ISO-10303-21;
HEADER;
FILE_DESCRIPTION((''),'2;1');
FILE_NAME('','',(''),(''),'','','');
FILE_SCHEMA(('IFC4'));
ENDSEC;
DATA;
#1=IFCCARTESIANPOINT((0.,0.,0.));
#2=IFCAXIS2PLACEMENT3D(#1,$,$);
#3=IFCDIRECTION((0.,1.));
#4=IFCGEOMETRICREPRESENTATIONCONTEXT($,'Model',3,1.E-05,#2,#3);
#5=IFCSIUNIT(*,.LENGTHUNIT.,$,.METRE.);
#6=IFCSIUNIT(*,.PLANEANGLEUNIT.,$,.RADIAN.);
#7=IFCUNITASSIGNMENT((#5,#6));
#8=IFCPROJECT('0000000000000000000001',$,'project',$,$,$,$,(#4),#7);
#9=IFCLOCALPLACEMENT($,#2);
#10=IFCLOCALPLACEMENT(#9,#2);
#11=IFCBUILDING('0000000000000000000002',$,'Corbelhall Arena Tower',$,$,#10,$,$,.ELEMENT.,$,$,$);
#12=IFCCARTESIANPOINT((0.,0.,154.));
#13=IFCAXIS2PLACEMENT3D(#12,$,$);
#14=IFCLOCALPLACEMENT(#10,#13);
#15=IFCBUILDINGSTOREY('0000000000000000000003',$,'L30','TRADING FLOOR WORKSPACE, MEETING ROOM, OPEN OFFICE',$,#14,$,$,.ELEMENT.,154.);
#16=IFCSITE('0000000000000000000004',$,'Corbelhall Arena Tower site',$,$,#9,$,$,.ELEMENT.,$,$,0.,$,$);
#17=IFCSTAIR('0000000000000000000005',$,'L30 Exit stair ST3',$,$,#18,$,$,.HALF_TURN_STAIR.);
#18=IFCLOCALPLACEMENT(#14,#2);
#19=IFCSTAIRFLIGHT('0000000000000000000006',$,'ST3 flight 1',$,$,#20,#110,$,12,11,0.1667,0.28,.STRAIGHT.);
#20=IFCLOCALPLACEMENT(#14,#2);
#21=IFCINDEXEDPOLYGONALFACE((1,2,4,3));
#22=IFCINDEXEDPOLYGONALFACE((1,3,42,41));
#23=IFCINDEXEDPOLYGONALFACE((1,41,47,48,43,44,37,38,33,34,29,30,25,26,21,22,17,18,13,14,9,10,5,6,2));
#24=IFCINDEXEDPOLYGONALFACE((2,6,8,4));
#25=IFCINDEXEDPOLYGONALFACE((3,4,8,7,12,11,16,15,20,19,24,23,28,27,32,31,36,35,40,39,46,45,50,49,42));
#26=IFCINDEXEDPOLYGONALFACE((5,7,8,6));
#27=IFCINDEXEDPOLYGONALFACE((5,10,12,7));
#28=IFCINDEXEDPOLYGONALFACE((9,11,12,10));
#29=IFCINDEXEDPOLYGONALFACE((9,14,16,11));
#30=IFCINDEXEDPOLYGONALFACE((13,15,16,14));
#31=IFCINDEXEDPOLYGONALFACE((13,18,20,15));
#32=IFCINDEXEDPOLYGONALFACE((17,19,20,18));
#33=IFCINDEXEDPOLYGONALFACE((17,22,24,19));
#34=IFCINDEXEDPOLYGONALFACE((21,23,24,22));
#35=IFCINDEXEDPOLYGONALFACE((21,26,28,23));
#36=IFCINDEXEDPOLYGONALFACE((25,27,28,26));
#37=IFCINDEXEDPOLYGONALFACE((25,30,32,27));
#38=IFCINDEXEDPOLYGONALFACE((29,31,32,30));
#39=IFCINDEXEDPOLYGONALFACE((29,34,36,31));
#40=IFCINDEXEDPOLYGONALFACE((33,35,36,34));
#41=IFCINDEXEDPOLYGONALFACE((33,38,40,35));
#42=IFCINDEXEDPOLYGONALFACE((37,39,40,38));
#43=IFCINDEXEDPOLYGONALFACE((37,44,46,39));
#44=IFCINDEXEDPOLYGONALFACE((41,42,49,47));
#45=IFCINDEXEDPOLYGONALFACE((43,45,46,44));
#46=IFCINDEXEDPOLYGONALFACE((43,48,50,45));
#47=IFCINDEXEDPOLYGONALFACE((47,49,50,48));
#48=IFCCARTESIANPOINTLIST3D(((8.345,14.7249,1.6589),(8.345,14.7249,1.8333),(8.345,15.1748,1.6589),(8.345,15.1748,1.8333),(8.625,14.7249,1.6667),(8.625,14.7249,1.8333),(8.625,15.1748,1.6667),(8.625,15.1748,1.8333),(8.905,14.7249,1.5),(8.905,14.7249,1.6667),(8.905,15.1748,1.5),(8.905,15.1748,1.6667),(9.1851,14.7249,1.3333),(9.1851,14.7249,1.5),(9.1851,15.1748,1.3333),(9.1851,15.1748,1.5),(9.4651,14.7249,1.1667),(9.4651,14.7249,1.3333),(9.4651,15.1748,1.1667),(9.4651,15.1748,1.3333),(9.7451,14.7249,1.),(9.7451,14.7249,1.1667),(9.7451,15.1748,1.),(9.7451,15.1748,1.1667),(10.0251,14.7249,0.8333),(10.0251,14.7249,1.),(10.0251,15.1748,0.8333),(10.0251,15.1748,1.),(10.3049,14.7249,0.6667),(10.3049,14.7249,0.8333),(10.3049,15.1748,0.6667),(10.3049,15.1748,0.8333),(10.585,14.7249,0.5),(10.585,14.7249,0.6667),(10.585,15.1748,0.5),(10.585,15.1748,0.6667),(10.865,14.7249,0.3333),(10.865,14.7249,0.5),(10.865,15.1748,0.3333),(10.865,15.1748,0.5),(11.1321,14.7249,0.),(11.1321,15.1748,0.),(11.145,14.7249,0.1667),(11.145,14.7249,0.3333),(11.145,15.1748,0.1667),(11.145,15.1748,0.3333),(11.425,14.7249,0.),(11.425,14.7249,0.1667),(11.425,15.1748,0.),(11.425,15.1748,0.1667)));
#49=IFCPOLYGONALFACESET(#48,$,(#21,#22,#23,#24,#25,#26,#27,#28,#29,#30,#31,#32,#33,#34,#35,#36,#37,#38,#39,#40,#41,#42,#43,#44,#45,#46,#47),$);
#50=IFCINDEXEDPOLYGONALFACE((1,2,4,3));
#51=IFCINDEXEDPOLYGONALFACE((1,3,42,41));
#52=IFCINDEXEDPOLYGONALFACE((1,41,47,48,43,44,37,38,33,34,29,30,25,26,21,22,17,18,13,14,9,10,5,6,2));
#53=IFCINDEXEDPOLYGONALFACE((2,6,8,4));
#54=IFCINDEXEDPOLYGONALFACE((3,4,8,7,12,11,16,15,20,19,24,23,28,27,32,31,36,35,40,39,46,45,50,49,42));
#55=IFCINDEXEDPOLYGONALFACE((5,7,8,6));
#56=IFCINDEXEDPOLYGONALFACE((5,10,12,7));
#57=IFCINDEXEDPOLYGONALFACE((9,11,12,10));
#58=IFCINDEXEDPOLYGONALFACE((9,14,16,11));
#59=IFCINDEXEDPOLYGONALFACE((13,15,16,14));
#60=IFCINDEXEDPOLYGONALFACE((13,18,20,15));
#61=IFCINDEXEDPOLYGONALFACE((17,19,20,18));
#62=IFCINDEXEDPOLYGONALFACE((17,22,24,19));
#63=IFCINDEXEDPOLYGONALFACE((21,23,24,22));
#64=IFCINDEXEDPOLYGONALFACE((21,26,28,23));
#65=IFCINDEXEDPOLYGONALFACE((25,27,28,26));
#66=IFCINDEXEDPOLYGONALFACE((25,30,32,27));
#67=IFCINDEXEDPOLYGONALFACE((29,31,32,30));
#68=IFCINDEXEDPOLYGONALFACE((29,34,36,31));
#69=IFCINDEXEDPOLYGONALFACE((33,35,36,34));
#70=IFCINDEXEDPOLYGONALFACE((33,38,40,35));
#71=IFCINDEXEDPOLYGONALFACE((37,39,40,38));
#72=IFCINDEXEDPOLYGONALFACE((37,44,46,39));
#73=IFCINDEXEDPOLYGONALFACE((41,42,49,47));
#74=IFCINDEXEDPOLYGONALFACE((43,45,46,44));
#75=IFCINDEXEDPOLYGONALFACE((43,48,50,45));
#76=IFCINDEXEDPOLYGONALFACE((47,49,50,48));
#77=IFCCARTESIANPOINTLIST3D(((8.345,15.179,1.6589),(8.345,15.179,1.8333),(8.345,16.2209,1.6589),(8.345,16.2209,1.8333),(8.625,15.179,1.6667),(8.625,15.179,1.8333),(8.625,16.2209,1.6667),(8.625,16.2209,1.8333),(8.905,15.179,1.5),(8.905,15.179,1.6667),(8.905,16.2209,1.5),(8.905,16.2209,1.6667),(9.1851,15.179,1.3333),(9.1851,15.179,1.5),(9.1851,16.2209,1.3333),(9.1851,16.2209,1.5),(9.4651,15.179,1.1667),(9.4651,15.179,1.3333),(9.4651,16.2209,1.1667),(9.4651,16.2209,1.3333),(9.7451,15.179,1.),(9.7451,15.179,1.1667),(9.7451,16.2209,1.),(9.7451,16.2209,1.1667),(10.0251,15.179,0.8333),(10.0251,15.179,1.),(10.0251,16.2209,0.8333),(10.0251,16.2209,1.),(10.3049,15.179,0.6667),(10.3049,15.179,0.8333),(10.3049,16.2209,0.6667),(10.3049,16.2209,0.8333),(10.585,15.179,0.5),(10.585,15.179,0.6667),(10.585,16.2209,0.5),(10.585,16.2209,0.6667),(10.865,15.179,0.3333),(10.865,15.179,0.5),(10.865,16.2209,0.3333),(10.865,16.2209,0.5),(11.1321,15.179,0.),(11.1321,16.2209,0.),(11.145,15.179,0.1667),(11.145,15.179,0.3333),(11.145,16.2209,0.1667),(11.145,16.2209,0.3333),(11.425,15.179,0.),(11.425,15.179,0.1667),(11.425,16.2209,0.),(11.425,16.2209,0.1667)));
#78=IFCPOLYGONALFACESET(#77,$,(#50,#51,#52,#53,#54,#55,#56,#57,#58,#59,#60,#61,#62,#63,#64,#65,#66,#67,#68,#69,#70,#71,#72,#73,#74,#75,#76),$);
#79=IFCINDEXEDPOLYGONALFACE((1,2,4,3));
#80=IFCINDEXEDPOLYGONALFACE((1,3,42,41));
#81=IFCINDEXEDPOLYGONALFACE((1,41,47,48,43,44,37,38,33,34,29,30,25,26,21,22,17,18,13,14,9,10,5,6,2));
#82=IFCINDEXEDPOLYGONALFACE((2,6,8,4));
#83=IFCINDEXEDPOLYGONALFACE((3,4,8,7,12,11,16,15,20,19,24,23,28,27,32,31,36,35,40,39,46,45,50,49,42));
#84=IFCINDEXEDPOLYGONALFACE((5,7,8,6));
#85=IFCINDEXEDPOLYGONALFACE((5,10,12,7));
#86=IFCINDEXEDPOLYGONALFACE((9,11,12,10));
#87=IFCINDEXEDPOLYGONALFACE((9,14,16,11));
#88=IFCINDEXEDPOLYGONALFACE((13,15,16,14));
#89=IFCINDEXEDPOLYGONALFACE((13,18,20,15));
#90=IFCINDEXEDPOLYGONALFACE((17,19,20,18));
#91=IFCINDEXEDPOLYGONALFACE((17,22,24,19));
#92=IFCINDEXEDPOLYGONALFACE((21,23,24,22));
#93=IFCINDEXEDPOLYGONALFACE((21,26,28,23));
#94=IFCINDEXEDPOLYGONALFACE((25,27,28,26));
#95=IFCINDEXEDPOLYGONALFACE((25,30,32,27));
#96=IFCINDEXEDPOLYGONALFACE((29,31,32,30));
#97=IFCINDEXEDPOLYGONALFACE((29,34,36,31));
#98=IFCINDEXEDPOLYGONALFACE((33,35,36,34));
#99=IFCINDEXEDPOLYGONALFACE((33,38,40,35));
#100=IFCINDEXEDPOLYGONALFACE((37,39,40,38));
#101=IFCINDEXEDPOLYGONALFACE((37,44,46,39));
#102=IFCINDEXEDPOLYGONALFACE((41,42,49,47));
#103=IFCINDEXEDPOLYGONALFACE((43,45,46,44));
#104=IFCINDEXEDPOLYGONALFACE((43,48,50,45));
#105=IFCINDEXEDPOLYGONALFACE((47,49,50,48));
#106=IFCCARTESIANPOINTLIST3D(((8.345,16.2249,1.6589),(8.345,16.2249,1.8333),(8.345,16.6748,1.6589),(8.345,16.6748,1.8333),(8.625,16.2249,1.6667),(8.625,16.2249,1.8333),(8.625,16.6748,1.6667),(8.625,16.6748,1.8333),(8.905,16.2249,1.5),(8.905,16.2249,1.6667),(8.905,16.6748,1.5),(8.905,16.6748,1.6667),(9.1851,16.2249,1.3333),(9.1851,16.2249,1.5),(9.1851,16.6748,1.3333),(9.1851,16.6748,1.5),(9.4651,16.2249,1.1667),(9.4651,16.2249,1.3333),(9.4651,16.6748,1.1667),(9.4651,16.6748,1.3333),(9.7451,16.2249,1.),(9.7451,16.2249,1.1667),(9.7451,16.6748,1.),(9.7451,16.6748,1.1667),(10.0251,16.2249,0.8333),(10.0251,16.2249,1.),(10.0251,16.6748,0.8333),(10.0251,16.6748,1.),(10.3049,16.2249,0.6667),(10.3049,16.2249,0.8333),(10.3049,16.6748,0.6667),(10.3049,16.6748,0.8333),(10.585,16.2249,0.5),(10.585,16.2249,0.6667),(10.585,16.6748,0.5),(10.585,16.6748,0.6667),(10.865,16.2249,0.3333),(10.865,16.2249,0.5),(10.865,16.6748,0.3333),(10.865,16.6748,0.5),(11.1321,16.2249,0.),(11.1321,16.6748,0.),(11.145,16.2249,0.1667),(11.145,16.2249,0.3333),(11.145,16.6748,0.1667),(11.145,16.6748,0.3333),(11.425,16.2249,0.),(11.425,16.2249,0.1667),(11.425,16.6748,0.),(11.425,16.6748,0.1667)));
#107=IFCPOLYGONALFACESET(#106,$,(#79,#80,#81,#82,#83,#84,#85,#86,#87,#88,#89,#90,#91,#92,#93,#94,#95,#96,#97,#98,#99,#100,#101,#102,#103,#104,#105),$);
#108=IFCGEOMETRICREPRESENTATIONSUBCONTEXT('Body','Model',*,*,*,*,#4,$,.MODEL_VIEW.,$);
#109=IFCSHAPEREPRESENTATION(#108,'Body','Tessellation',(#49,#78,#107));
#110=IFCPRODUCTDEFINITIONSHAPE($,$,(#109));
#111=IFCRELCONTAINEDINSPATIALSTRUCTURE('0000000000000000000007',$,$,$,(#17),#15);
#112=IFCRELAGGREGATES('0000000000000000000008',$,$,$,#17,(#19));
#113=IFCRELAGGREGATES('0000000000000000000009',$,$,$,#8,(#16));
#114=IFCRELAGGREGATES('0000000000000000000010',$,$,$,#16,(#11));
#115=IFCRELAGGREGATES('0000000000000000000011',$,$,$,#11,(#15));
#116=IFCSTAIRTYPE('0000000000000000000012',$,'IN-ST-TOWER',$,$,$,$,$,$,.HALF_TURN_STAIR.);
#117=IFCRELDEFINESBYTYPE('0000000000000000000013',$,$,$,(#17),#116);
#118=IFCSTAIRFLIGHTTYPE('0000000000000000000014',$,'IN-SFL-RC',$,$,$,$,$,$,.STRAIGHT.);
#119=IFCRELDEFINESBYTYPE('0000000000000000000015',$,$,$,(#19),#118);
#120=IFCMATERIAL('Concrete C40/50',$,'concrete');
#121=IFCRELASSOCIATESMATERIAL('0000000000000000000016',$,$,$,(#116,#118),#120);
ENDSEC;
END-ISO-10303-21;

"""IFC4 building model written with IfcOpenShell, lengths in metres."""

from ifc_helpers import new_model, si_unit, direction, frame, origin, place, context, subcontext, project, spatial, polyline, outline, extrude, material, type_object, element, aggregate, save


model = new_model("IFC4")

# Units and contexts
model_context = context("Model", 3, precision=1e-05, world=origin(), true_north=direction((0.0, 1.0)))
body_context = subcontext(model_context, "Body", "Model", "MODEL_VIEW")
ifc_project = project(units=[si_unit("LENGTHUNIT", "METRE"), si_unit("PLANEANGLEUNIT", "RADIAN")], contexts=[model_context])

# Site, building, storey
site_placement = place(None, origin())
site = spatial("IfcSite", under=ifc_project, at=site_placement, Name="Corbelhall Arena Tower site", CompositionType="ELEMENT", RefElevation=0.0)
building_placement = place(site_placement, origin())
building = spatial("IfcBuilding", under=site, at=building_placement, Name="Corbelhall Arena Tower", CompositionType="ELEMENT")
storey_placement = place(building_placement, frame((0.0, 0.0, 154.0)))
storey = spatial("IfcBuildingStorey", under=building, at=storey_placement, Name="L30", Description="TRADING FLOOR WORKSPACE, MEETING ROOM, OPEN OFFICE", CompositionType="ELEMENT", Elevation=154.0)

# Shared definitions
ifc_material_1 = material(Name="Concrete C40/50", Category="concrete")

# Stair, stair flight
stair_type = type_object("IfcStairType", Name="IN-ST-TOWER", PredefinedType="HALF_TURN_STAIR", material=ifc_material_1)
stair_placement = place(storey_placement, origin())
stair = element("IfcStair", 1, at=stair_placement, inside=storey, type_object=stair_type, Name="L30 Exit stair ST3", PredefinedType="HALF_TURN_STAIR")
stair_flight_type = type_object("IfcStairFlightType", Name="IN-SFL-RC", PredefinedType="STRAIGHT", material=ifc_material_1)
stair_flight_1_placement = place(storey_placement, frame((11.425, 15.7, 0.0), z_axis=(0.0, 0.0, 1.0), x_axis=(-1.0, 0.0, 0.0)))
stair_flight_1 = element("IfcStairFlight", 2, at=stair_flight_1_placement, type_object=stair_flight_type, Name="ST3 flight 1", NumberOfRisers=12, NumberOfTreads=11, PredefinedType="STRAIGHT", RiserHeight=0.1667, TreadLength=0.28, context=body_context, shape_type="SweptSolid", body=[
    extrude(outline(polyline([(0.0, 0.0), (0.0, 0.1667), (0.28, 0.1667), (0.28, 0.3333), (0.5601, 0.3333), (0.5601, 0.5), (0.8401, 0.5), (0.8401, 0.6667), (1.1201, 0.6667), (1.1201, 0.8333), (1.3999, 0.8333), (1.3999, 1.0), (1.6799, 1.0), (1.6799, 1.1667), (1.96, 1.1667), (1.96, 1.3333), (2.24, 1.3333), (2.24, 1.5), (2.52, 1.5), (2.52, 1.6667), (2.8, 1.6667), (2.8, 1.8333), (3.0801, 1.8333), (3.0801, 2.0), (3.0801, 1.6589), (0.293, 0.0), (0.0, 0.0)])), frame((0.0, 0.9751, 0.0), z_axis=(0.0, -1.0, 0.0), x_axis=(1.0, 0.0, 0.0)), (0.0, 0.0, 1.0), 0.45),
    extrude(outline(polyline([(0.0, 0.0), (0.0, 0.1667), (0.28, 0.1667), (0.28, 0.3333), (0.5601, 0.3333), (0.5601, 0.5), (0.8401, 0.5), (0.8401, 0.6667), (1.1201, 0.6667), (1.1201, 0.8333), (1.3999, 0.8333), (1.3999, 1.0), (1.6799, 1.0), (1.6799, 1.1667), (1.96, 1.1667), (1.96, 1.3333), (2.24, 1.3333), (2.24, 1.5), (2.52, 1.5), (2.52, 1.6667), (2.8, 1.6667), (2.8, 1.8333), (3.0801, 1.8333), (3.0801, 2.0), (3.0801, 1.6589), (0.293, 0.0), (0.0, 0.0)])), frame((0.0, 0.521, 0.0), z_axis=(0.0, -1.0, 0.0), x_axis=(1.0, 0.0, 0.0)), (0.0, 0.0, 1.0), 1.042),
    extrude(outline(polyline([(0.0, 0.0), (0.0, 0.1667), (0.28, 0.1667), (0.28, 0.3333), (0.5601, 0.3333), (0.5601, 0.5), (0.8401, 0.5), (0.8401, 0.6667), (1.1201, 0.6667), (1.1201, 0.8333), (1.3999, 0.8333), (1.3999, 1.0), (1.6799, 1.0), (1.6799, 1.1667), (1.96, 1.1667), (1.96, 1.3333), (2.24, 1.3333), (2.24, 1.5), (2.52, 1.5), (2.52, 1.6667), (2.8, 1.6667), (2.8, 1.8333), (3.0801, 1.8333), (3.0801, 2.0), (3.0801, 1.6589), (0.293, 0.0), (0.0, 0.0)])), frame((0.0, -0.5249, 0.0), z_axis=(0.0, -1.0, 0.0), x_axis=(1.0, 0.0, 0.0)), (0.0, 0.0, 1.0), 0.45),
])
aggregate(stair, [stair_flight_1])

save(model, "model.ifc")
